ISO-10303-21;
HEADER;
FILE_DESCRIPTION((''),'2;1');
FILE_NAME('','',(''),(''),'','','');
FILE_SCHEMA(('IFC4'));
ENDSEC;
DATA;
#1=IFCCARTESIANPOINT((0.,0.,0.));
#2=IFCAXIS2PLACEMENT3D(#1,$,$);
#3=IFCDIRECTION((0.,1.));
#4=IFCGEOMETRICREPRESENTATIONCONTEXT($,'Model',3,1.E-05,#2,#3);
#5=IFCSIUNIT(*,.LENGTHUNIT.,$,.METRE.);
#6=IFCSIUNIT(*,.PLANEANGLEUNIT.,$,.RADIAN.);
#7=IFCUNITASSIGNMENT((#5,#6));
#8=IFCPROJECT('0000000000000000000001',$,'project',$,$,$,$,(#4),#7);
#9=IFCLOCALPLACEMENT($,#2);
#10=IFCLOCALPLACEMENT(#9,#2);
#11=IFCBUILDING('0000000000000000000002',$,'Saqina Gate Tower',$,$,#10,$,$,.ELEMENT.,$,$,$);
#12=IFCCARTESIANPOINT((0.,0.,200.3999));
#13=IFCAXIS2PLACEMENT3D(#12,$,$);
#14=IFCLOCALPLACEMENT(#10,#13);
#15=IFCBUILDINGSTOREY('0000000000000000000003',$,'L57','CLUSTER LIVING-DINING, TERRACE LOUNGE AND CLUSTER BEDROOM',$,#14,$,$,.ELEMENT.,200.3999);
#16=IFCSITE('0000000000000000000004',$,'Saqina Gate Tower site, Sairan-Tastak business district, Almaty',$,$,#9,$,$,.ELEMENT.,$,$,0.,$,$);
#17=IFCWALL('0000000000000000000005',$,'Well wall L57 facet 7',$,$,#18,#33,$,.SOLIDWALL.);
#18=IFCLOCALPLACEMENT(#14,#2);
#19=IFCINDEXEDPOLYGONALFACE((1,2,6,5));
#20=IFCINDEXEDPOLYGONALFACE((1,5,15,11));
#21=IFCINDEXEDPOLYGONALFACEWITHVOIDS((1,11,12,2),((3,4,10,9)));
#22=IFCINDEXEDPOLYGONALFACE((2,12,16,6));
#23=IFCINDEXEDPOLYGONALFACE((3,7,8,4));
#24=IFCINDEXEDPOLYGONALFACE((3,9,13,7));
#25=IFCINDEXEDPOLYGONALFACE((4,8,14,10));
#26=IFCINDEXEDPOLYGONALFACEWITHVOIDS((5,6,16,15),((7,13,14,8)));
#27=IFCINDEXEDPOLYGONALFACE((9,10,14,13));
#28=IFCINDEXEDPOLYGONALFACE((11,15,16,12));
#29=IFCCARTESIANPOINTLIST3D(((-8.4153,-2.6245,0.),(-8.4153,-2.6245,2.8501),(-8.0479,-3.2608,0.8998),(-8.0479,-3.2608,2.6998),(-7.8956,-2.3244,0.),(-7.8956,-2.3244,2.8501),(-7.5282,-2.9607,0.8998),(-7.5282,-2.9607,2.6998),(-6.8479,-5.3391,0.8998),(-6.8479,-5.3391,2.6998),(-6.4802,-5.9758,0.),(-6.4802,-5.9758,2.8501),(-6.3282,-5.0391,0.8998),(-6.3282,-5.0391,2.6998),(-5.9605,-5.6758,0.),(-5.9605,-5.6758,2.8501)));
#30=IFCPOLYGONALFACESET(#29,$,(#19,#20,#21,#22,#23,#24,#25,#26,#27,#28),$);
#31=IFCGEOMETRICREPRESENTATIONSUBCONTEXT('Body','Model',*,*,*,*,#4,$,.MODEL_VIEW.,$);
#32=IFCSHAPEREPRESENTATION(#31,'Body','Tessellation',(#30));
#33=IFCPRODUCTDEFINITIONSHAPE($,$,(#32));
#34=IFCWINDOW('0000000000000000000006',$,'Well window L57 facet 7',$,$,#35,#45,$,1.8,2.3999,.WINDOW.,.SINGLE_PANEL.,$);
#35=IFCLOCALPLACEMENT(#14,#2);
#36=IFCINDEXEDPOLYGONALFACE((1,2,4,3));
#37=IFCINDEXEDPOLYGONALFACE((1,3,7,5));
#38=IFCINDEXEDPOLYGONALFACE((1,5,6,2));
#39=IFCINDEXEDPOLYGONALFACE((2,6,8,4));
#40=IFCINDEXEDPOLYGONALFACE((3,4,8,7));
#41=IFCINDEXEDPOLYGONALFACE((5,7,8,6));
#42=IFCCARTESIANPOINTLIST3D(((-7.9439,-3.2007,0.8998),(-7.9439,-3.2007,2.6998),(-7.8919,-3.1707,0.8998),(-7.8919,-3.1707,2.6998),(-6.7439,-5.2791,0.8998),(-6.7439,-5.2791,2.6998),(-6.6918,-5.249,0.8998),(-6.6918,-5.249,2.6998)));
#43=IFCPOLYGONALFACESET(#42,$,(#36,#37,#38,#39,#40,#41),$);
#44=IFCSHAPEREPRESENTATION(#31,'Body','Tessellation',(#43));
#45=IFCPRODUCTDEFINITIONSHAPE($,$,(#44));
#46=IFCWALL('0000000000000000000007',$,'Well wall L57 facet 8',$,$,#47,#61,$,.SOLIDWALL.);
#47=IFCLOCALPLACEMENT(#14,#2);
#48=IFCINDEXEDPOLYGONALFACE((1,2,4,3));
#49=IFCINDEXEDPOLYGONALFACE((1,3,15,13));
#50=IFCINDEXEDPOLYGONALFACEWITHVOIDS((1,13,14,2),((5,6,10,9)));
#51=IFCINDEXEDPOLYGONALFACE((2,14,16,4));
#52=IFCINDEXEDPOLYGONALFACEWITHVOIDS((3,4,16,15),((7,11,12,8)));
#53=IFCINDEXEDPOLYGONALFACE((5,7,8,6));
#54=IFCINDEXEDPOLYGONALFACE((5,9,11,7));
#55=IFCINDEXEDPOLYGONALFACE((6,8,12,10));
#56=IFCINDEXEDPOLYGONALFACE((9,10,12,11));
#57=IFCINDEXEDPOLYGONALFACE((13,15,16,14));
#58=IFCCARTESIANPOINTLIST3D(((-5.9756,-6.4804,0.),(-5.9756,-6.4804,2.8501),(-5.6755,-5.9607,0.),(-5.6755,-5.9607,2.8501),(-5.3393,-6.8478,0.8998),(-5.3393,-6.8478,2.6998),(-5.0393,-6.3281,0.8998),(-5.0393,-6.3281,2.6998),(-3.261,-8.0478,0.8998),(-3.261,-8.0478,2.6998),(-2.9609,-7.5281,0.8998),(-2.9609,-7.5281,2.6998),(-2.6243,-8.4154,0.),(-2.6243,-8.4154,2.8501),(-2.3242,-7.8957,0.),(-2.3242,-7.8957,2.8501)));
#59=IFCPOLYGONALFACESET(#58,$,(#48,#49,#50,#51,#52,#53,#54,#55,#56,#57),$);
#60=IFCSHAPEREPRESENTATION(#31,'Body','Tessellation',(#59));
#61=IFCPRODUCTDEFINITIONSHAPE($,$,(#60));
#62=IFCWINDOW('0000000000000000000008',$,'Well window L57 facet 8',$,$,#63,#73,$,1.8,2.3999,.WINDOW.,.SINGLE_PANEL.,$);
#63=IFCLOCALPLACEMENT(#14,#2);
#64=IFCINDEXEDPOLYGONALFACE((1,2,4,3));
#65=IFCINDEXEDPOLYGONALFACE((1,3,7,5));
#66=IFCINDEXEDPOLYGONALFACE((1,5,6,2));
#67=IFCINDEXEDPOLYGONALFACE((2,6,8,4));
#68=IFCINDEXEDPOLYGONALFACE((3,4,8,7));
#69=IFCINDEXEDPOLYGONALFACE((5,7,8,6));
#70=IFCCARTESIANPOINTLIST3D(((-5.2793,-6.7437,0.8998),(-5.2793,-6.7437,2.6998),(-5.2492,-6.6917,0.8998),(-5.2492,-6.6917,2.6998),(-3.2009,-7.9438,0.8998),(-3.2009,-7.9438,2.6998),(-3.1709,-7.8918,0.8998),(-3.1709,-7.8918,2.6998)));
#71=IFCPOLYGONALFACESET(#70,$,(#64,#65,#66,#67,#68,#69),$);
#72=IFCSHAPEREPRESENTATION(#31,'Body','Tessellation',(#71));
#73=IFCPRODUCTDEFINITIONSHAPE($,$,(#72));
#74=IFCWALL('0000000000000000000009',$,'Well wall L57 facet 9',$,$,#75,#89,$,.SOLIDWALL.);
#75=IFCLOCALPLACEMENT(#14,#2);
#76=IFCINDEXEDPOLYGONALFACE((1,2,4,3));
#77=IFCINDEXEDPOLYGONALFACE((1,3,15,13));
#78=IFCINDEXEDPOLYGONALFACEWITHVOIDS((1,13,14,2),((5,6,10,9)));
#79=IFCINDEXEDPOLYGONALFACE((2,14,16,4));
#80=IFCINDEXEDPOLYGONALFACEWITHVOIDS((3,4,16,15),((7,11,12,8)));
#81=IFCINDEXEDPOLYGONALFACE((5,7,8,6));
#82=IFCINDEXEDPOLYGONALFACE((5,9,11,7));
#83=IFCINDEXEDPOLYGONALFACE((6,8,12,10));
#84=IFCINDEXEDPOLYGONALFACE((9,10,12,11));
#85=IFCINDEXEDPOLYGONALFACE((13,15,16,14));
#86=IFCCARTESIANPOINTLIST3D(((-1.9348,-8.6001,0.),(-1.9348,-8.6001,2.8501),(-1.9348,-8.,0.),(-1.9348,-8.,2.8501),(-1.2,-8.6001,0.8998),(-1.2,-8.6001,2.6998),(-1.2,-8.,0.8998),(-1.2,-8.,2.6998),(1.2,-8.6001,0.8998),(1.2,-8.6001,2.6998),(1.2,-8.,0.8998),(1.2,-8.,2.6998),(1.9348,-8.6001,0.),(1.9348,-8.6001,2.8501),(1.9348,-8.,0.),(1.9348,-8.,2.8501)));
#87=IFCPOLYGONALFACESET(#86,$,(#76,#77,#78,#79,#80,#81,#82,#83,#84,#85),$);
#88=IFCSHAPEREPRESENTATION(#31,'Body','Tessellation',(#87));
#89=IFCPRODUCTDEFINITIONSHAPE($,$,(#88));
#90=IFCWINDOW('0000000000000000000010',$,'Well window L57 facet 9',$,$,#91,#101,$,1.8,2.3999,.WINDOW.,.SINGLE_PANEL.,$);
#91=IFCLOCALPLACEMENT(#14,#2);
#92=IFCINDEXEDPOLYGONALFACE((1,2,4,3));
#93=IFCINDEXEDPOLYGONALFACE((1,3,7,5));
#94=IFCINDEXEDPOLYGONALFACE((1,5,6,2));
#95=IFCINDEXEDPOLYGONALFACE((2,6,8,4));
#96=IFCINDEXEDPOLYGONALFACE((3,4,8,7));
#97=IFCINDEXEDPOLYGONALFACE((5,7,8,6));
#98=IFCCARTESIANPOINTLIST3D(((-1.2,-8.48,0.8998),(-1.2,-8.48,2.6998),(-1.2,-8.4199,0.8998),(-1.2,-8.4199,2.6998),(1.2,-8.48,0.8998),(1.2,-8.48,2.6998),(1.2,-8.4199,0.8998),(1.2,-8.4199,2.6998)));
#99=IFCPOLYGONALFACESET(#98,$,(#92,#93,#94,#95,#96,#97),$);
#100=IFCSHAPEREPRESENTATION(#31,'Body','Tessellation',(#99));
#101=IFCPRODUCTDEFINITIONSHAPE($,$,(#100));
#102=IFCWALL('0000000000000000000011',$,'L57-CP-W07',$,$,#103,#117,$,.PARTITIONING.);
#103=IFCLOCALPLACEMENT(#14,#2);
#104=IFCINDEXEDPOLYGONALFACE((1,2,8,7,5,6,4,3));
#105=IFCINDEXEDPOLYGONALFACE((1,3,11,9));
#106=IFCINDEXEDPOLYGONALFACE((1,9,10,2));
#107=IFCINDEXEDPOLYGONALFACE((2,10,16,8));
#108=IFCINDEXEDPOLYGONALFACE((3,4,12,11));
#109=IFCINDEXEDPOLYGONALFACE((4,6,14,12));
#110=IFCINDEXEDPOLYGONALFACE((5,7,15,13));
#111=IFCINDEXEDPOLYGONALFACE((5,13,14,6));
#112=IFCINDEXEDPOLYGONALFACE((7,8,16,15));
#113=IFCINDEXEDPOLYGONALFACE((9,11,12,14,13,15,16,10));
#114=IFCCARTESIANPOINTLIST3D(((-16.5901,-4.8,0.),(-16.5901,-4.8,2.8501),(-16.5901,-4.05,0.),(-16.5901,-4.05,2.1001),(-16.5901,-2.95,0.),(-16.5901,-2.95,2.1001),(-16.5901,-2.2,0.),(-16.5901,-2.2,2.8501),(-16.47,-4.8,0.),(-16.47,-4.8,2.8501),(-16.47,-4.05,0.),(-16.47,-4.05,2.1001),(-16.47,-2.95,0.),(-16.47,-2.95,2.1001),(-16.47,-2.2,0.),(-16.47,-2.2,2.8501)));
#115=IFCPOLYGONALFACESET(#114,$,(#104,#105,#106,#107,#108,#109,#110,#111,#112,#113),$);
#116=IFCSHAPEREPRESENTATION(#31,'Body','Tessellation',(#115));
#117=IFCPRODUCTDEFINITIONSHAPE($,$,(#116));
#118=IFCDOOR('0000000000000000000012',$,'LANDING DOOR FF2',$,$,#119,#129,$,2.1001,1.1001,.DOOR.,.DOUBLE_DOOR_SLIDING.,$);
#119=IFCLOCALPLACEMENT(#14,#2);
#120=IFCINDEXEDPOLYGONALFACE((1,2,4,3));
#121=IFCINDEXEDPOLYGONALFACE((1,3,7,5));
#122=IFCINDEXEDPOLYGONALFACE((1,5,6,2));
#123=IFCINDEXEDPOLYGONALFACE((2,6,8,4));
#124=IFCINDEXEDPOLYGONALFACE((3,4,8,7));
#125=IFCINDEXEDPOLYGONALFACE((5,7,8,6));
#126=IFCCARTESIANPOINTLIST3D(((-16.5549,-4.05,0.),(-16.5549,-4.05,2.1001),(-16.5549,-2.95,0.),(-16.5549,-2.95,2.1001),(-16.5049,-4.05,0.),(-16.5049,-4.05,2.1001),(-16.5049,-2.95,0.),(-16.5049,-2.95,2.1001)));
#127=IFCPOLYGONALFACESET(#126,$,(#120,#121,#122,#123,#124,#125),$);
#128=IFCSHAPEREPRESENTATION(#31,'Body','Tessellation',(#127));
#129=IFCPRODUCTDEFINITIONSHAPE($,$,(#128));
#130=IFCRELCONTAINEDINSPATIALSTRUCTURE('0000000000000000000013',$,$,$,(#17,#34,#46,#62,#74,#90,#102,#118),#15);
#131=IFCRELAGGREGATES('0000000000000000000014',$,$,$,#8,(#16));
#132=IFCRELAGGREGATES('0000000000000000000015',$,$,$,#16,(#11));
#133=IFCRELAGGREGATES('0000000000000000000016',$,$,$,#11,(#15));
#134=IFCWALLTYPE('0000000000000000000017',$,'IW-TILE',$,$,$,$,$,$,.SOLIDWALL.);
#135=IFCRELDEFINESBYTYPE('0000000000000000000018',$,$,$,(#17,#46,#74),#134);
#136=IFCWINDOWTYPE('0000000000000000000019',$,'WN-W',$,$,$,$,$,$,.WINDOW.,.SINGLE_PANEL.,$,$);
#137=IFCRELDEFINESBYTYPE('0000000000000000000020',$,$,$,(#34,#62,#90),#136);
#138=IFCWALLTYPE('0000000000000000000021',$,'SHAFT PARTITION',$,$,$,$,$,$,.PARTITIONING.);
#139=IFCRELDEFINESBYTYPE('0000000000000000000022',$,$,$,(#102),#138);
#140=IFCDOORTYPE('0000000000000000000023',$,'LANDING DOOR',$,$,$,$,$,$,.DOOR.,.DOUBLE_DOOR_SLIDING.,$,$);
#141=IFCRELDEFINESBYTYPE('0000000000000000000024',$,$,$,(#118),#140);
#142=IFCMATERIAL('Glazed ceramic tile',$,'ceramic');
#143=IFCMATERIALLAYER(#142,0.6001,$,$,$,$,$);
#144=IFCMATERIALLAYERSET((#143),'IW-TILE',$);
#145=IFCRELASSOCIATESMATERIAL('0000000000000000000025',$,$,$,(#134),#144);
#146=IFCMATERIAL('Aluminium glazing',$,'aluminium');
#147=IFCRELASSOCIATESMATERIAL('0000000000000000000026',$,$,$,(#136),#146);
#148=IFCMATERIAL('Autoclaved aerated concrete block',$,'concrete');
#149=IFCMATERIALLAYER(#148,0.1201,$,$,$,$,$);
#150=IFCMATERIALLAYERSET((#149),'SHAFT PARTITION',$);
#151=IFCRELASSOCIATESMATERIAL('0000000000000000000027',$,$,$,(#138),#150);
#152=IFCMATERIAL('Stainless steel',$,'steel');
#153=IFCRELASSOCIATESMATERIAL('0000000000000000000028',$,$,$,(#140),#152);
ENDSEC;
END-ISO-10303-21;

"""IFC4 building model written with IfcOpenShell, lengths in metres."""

from ifc_helpers import new_model, si_unit, direction, frame, frame_2d, origin, place, context, subcontext, project, spatial, rectangle, extrude, material, layer, layer_set, type_object, element, fill, save


model = new_model("IFC4")

# Units and contexts
model_context = context("Model", 3, precision=1e-05, world=origin(), true_north=direction((0.0, 1.0)))
body_context = subcontext(model_context, "Body", "Model", "MODEL_VIEW")
ifc_project = project(units=[si_unit("LENGTHUNIT", "METRE"), si_unit("PLANEANGLEUNIT", "RADIAN")], contexts=[model_context])

# Site, building, storey
site_placement = place(None, origin())
site = spatial("IfcSite", under=ifc_project, at=site_placement, Name="Saqina Gate Tower site, Sairan-Tastak business district, Almaty", CompositionType="ELEMENT", RefElevation=0.0)
building_placement = place(site_placement, origin())
building = spatial("IfcBuilding", under=site, at=building_placement, Name="Saqina Gate Tower", CompositionType="ELEMENT")
storey_placement = place(building_placement, frame((0.0, 0.0, 200.3999)))
storey = spatial("IfcBuildingStorey", under=building, at=storey_placement, Name="L57", Description="CLUSTER LIVING-DINING, TERRACE LOUNGE AND CLUSTER BEDROOM", CompositionType="ELEMENT", Elevation=200.3999)

# Walls, openings, windows
ifc_material_1 = material(Name="Glazed ceramic tile", Category="ceramic")
ifc_layer_1 = layer(ifc_material_1, 0.6001)
ifc_layer_set_1 = layer_set([ifc_layer_1], Name="IW-TILE")
wall_type_1 = type_object("IfcWallType", Name="IW-TILE", PredefinedType="SOLIDWALL", material=ifc_layer_set_1)
wall_1_placement = place(storey_placement, frame((-8.1555, -2.4744, 0.0), z_axis=(0.0, 0.0, 1.0), x_axis=(0.500034, -0.866006, 0.0)))
wall_1 = element("IfcWall", 1, at=wall_1_placement, inside=storey, type_object=wall_type_1, Name="Well wall L57 facet 7", PredefinedType="SOLIDWALL", context=body_context, shape_type="SweptSolid", body=[
    extrude(rectangle(XDim=3.8699, YDim=0.6001, at=frame_2d((1.9351, 0.0))), origin(), (0.0, 0.0, 1.0), 2.8501),
])
opening_1_placement = place(wall_1_placement, frame((0.7349, 0.0, 0.8999)))
opening_1 = element("IfcOpeningElement", 2, at=opening_1_placement, cuts=wall_1, PredefinedType="OPENING", context=body_context, shape_type="SweptSolid", body=[
    extrude(rectangle(XDim=2.3999, YDim=1.8, at=frame_2d((1.2, 0.8999))), frame((0.0, 0.312, 0.0), z_axis=(0.0, -1.0, 0.0), x_axis=(1.0, 0.0, 0.0)), (0.0, 0.0, 1.0), 0.624),
])
ifc_material_2 = material(Name="Aluminium glazing", Category="aluminium")
window_type = type_object("IfcWindowType", Name="WN-W", PartitioningType="SINGLE_PANEL", PredefinedType="WINDOW", material=ifc_material_2)
window_1_placement = place(opening_1_placement, origin())
window_1 = element("IfcWindow", 3, at=window_1_placement, inside=storey, type_object=window_type, Name="Well window L57 facet 7", OverallHeight=1.8, OverallWidth=2.3999, PartitioningType="SINGLE_PANEL", PredefinedType="WINDOW", context=body_context, shape_type="SweptSolid", body=[
    extrude(rectangle(XDim=2.3999, YDim=1.8, at=frame_2d((1.2, 0.8999))), frame((0.0, -0.1199, 0.0), z_axis=(0.0, -1.0, 0.0), x_axis=(1.0, 0.0, 0.0)), (0.0, 0.0, 1.0), 0.0601),
])
fill(opening_1, window_1)
wall_2_placement = place(storey_placement, frame((-5.8257, -6.2205, 0.0), z_axis=(0.0, 0.0, 1.0), x_axis=(0.866006, -0.500034, 0.0)))
wall_2 = element("IfcWall", 4, at=wall_2_placement, inside=storey, type_object=wall_type_1, Name="Well wall L57 facet 8", PredefinedType="SOLIDWALL", context=body_context, shape_type="SweptSolid", body=[
    extrude(rectangle(XDim=3.8699, YDim=0.6001, at=frame_2d((1.9351, 0.0))), origin(), (0.0, 0.0, 1.0), 2.8501),
])
opening_2_placement = place(wall_2_placement, frame((0.7349, 0.0, 0.8999)))
opening_2 = element("IfcOpeningElement", 5, at=opening_2_placement, cuts=wall_2, PredefinedType="OPENING", context=body_context, shape_type="SweptSolid", body=[
    extrude(rectangle(XDim=2.3999, YDim=1.8, at=frame_2d((1.2, 0.8999))), frame((0.0, 0.312, 0.0), z_axis=(0.0, -1.0, 0.0), x_axis=(1.0, 0.0, 0.0)), (0.0, 0.0, 1.0), 0.624),
])
window_2_placement = place(opening_2_placement, origin())
window_2 = element("IfcWindow", 6, at=window_2_placement, inside=storey, type_object=window_type, Name="Well window L57 facet 8", OverallHeight=1.8, OverallWidth=2.3999, PartitioningType="SINGLE_PANEL", PredefinedType="WINDOW", context=body_context, shape_type="SweptSolid", body=[
    extrude(rectangle(XDim=2.3999, YDim=1.8, at=frame_2d((1.2, 0.8999))), frame((0.0, -0.1199, 0.0), z_axis=(0.0, -1.0, 0.0), x_axis=(1.0, 0.0, 0.0)), (0.0, 0.0, 1.0), 0.0601),
])
fill(opening_2, window_2)
wall_3_placement = place(storey_placement, frame((-1.9348, -8.3, 0.0), z_axis=(0.0, 0.0, 1.0), x_axis=(1.0, 0.0, 0.0)))
wall_3 = element("IfcWall", 7, at=wall_3_placement, inside=storey, type_object=wall_type_1, Name="Well wall L57 facet 9", PredefinedType="SOLIDWALL", context=body_context, shape_type="SweptSolid", body=[
    extrude(rectangle(XDim=3.8696, YDim=0.6001, at=frame_2d((1.9348, 0.0))), origin(), (0.0, 0.0, 1.0), 2.8501),
])
opening_3_placement = place(wall_3_placement, frame((0.7349, 0.0, 0.8999)))
opening_3 = element("IfcOpeningElement", 8, at=opening_3_placement, cuts=wall_3, PredefinedType="OPENING", context=body_context, shape_type="SweptSolid", body=[
    extrude(rectangle(XDim=2.3999, YDim=1.8, at=frame_2d((1.2, 0.8999))), frame((0.0, 0.312, 0.0), z_axis=(0.0, -1.0, 0.0), x_axis=(1.0, 0.0, 0.0)), (0.0, 0.0, 1.0), 0.624),
])
window_3_placement = place(opening_3_placement, origin())
window_3 = element("IfcWindow", 9, at=window_3_placement, inside=storey, type_object=window_type, Name="Well window L57 facet 9", OverallHeight=1.8, OverallWidth=2.3999, PartitioningType="SINGLE_PANEL", PredefinedType="WINDOW", context=body_context, shape_type="SweptSolid", body=[
    extrude(rectangle(XDim=2.3999, YDim=1.8, at=frame_2d((1.2, 0.8999))), frame((0.0, -0.1199, 0.0), z_axis=(0.0, -1.0, 0.0), x_axis=(1.0, 0.0, 0.0)), (0.0, 0.0, 1.0), 0.0601),
])
fill(opening_3, window_3)

# Wall, opening, door
ifc_material_3 = material(Name="Autoclaved aerated concrete block", Category="concrete")
ifc_layer_2 = layer(ifc_material_3, 0.1201)
ifc_layer_set_2 = layer_set([ifc_layer_2], Name="SHAFT PARTITION")
wall_type_2 = type_object("IfcWallType", Name="SHAFT PARTITION", PredefinedType="PARTITIONING", material=ifc_layer_set_2)
wall_4_placement = place(storey_placement, frame((-16.53, -4.8, 0.0), z_axis=(0.0, 0.0, 1.0), x_axis=(0.0, 1.0, 0.0)))
wall_4 = element("IfcWall", 10, at=wall_4_placement, inside=storey, type_object=wall_type_2, Name="L57-CP-W07", PredefinedType="PARTITIONING", context=body_context, shape_type="SweptSolid", body=[
    extrude(rectangle(XDim=2.6001, YDim=0.1201, at=frame_2d((1.3, 0.0))), origin(), (0.0, 0.0, 1.0), 2.8501),
])
opening_4_placement = place(wall_4_placement, frame((0.75, 0.0, 0.0)))
opening_4 = element("IfcOpeningElement", 11, at=opening_4_placement, cuts=wall_4, PredefinedType="OPENING", context=body_context, shape_type="SweptSolid", body=[
    extrude(rectangle(XDim=1.1001, YDim=2.1001, at=frame_2d((0.55, 1.05))), frame((0.0, 0.072, 0.0), z_axis=(0.0, -1.0, 0.0), x_axis=(1.0, 0.0, 0.0)), (0.0, 0.0, 1.0), 0.144),
])
ifc_material_4 = material(Name="Stainless steel", Category="steel")
door_type_1 = type_object("IfcDoorType", Name="LANDING DOOR", OperationType="DOUBLE_DOOR_SLIDING", PredefinedType="DOOR", material=ifc_material_4)
door_1_placement = place(opening_4_placement, origin())
door_1 = element("IfcDoor", 12, at=door_1_placement, inside=storey, type_object=door_type_1, Name="LANDING DOOR FF2", OperationType="DOUBLE_DOOR_SLIDING", OverallHeight=2.1001, OverallWidth=1.1001, PredefinedType="DOOR", context=body_context, shape_type="SweptSolid", body=[
    extrude(rectangle(XDim=1.1001, YDim=2.1001, at=frame_2d((0.55, 1.05))), frame((0.0, 0.0249, 0.0), z_axis=(0.0, -1.0, 0.0), x_axis=(1.0, 0.0, 0.0)), (0.0, 0.0, 1.0), 0.05),
])
fill(opening_4, door_1)

save(model, "model.ifc")
